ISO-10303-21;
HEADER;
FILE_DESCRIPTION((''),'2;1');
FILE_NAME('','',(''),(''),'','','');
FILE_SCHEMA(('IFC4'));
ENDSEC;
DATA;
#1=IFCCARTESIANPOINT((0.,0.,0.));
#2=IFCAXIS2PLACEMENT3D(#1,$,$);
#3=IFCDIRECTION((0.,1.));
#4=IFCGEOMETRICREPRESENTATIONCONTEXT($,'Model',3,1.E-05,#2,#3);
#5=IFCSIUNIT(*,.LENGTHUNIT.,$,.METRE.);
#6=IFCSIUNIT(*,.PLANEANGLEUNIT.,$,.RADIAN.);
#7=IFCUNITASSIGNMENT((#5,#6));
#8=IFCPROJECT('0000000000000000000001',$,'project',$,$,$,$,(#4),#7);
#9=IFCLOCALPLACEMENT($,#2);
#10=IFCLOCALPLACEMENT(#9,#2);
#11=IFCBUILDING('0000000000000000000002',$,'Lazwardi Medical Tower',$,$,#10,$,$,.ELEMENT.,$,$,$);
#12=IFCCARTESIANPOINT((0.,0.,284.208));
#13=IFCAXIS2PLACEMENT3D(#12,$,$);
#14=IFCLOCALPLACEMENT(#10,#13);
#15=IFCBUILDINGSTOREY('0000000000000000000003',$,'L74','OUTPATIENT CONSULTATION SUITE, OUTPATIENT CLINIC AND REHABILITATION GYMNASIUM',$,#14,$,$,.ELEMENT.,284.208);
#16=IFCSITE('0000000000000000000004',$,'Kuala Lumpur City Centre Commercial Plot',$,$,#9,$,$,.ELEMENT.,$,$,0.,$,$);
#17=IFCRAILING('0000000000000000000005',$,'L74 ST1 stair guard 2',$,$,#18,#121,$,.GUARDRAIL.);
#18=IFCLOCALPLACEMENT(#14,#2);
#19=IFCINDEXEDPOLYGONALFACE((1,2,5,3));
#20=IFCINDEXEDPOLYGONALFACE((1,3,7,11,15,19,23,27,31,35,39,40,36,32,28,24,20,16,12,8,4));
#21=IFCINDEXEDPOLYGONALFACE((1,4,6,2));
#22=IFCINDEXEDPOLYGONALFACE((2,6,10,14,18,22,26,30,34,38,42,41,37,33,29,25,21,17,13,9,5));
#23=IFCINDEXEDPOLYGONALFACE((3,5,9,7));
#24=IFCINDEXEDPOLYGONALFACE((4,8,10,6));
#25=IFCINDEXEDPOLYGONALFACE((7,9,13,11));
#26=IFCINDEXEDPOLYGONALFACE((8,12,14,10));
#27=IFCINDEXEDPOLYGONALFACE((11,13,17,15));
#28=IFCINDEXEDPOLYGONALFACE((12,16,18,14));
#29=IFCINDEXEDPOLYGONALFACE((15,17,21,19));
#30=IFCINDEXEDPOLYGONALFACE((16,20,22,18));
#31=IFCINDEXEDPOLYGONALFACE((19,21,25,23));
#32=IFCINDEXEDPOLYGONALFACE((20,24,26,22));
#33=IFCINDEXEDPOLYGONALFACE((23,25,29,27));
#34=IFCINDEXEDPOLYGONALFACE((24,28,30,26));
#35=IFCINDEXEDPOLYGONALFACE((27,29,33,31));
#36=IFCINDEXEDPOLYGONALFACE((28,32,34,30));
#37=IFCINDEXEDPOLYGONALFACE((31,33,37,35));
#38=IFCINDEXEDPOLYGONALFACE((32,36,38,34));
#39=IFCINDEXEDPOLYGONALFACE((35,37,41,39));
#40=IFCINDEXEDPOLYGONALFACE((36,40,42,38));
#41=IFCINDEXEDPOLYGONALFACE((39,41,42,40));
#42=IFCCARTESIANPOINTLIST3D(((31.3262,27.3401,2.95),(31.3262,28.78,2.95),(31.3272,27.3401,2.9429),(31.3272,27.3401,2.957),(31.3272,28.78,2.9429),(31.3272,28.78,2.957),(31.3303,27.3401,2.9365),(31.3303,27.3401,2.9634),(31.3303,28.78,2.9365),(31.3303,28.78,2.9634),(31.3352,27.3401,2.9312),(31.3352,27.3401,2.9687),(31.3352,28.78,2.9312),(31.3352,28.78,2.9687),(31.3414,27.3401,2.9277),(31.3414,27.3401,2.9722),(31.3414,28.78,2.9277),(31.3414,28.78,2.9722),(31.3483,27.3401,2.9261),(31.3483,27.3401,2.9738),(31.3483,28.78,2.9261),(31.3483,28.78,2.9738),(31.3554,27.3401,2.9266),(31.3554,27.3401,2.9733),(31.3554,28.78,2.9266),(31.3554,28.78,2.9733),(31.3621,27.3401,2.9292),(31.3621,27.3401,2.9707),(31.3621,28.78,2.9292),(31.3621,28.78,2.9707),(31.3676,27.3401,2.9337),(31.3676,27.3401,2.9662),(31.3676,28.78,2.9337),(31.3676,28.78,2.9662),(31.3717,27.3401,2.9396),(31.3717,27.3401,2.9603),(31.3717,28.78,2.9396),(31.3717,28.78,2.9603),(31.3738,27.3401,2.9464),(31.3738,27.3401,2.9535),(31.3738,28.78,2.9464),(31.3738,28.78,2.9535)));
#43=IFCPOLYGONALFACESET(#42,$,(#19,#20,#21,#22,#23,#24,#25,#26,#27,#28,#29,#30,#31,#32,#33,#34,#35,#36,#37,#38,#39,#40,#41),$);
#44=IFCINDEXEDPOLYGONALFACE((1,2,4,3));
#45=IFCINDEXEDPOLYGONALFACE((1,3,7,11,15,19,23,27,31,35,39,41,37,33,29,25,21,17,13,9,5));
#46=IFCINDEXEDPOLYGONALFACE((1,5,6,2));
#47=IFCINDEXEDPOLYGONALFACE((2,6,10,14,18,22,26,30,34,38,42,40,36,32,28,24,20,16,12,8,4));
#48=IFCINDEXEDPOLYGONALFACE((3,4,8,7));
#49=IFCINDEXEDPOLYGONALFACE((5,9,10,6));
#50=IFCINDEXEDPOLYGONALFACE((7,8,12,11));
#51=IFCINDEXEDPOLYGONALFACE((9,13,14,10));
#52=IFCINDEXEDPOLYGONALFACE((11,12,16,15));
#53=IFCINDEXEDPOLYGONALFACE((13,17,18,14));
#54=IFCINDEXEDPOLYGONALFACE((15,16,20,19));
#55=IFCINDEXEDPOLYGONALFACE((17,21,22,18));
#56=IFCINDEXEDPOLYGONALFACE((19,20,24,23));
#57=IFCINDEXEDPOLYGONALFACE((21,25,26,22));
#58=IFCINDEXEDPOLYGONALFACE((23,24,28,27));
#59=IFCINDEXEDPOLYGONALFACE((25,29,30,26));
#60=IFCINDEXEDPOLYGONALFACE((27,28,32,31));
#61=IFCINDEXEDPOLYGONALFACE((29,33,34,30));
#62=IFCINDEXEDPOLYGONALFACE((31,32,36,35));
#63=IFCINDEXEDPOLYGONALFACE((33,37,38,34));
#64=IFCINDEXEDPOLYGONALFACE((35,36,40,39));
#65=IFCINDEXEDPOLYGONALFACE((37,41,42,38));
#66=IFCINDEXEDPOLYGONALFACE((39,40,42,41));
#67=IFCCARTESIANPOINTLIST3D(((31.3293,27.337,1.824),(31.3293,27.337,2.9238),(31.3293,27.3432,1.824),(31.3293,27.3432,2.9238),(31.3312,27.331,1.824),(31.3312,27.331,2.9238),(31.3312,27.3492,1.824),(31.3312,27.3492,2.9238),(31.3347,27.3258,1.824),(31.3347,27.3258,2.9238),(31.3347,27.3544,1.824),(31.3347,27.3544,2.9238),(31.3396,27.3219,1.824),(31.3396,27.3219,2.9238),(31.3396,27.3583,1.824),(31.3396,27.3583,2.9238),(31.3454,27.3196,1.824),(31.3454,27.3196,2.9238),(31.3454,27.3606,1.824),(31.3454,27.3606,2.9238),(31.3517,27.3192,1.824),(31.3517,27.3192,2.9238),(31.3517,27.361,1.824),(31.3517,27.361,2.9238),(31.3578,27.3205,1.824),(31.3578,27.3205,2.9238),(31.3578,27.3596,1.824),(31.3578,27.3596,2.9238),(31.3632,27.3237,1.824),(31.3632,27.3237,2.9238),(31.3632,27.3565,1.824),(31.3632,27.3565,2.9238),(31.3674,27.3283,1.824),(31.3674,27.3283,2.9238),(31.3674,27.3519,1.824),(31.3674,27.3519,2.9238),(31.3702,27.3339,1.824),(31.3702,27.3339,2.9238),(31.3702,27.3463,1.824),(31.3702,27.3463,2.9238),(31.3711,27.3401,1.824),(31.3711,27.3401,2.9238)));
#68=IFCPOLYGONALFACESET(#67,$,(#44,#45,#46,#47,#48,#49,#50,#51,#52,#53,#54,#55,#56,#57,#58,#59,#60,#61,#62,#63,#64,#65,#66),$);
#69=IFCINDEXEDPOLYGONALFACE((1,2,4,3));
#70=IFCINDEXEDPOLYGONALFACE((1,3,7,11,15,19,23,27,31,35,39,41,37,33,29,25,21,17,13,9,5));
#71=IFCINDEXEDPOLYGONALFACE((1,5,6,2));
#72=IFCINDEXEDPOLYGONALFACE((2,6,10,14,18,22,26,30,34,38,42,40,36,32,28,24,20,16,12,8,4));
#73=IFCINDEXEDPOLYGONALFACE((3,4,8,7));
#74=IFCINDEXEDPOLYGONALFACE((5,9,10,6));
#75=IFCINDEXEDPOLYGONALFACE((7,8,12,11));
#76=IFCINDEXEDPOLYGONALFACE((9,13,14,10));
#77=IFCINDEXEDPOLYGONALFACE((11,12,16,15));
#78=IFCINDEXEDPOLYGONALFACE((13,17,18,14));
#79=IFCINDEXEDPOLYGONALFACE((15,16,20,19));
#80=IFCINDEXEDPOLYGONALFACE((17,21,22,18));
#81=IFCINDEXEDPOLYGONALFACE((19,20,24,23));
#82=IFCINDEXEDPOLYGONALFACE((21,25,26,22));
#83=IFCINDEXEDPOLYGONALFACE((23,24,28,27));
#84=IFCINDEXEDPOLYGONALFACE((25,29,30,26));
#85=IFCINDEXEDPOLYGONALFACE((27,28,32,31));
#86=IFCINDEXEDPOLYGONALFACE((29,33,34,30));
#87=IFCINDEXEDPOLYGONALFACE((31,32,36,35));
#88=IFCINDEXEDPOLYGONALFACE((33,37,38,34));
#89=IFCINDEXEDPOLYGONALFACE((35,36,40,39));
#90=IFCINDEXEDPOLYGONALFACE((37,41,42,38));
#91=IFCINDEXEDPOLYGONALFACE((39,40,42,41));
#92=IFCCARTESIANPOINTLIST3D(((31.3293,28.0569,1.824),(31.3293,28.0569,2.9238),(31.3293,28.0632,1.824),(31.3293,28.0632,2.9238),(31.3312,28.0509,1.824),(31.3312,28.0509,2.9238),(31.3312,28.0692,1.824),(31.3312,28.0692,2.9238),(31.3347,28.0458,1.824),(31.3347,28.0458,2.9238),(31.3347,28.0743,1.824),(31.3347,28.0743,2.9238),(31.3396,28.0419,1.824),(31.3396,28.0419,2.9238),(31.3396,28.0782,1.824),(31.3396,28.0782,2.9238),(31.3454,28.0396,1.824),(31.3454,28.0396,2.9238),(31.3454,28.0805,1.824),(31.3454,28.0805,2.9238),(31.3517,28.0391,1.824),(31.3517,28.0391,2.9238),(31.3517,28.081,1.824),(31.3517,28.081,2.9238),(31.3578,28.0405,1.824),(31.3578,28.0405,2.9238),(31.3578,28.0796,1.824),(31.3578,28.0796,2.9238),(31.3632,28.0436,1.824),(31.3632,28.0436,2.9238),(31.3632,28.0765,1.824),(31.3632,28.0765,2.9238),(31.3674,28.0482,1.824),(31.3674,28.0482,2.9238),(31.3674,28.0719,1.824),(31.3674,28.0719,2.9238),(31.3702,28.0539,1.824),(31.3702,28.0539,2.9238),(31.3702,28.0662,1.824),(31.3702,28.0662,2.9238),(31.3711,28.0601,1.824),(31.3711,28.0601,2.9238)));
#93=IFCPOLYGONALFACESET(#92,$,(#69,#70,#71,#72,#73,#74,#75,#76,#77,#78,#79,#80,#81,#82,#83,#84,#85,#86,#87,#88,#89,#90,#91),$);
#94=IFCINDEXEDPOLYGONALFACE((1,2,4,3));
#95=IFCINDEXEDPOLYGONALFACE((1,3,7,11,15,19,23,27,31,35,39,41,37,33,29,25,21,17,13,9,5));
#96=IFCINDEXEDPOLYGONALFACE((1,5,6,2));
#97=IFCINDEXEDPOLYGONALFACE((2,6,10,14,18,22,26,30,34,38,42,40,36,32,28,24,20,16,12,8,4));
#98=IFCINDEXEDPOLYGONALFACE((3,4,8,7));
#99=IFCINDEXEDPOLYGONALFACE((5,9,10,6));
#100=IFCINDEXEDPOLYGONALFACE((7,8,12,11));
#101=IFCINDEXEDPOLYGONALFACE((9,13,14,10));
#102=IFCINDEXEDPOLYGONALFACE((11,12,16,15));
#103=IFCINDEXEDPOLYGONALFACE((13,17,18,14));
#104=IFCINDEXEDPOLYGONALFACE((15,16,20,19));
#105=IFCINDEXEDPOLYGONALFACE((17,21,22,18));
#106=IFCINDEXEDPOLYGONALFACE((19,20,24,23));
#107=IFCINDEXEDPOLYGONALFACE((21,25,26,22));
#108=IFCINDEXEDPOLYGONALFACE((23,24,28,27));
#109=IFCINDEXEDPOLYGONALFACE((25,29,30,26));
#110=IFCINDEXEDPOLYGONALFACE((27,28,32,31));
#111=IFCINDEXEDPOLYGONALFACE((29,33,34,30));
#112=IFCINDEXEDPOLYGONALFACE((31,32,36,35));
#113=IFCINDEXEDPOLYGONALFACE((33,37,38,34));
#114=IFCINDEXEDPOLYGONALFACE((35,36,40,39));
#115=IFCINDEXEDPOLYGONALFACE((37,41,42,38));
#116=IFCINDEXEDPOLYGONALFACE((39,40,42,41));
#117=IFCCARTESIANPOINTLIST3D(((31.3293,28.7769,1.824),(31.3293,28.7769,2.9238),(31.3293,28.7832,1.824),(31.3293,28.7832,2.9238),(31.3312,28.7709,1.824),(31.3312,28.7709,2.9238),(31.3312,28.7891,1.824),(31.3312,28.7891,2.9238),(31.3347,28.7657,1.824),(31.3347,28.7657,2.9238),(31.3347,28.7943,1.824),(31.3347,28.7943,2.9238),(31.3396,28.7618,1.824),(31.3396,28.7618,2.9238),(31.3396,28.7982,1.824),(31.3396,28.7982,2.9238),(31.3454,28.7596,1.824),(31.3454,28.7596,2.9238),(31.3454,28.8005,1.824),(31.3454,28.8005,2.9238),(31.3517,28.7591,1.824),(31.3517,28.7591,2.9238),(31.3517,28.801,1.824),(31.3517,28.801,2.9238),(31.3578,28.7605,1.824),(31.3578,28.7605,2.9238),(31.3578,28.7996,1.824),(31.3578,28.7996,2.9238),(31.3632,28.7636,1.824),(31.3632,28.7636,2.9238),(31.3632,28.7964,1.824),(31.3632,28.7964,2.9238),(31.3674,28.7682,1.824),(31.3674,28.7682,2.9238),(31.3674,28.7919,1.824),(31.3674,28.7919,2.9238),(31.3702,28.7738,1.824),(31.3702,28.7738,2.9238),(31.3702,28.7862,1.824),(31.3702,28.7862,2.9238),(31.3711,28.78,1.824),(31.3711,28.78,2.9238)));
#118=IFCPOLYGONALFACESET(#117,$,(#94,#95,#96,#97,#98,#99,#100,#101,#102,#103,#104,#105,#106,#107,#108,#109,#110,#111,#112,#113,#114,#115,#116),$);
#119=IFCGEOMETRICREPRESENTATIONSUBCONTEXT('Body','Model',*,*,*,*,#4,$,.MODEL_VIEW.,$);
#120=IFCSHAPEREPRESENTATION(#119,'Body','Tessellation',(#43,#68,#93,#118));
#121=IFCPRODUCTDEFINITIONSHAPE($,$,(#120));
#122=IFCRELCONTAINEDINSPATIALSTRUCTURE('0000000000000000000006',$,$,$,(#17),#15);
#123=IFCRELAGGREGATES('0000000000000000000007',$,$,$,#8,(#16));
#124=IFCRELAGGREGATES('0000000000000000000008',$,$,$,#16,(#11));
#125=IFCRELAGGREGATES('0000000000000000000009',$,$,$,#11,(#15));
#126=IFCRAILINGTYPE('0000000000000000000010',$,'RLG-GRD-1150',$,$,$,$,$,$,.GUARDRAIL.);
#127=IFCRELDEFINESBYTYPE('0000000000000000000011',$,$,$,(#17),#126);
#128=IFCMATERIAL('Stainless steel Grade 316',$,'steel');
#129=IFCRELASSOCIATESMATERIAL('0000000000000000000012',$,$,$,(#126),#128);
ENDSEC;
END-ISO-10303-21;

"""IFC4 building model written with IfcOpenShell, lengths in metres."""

from ifc_helpers import new_model, si_unit, direction, frame, origin, origin_2d, place, context, subcontext, project, spatial, circle, extrude, material, type_object, element, save


model = new_model("IFC4")

# Units and contexts
model_context = context("Model", 3, precision=1e-05, world=origin(), true_north=direction((0.0, 1.0)))
body_context = subcontext(model_context, "Body", "Model", "MODEL_VIEW")
ifc_project = project(units=[si_unit("LENGTHUNIT", "METRE"), si_unit("PLANEANGLEUNIT", "RADIAN")], contexts=[model_context])

# Site, building, storey
site_placement = place(None, origin())
site = spatial("IfcSite", under=ifc_project, at=site_placement, Name="Kuala Lumpur City Centre Commercial Plot", CompositionType="ELEMENT", RefElevation=0.0)
building_placement = place(site_placement, origin())
building = spatial("IfcBuilding", under=site, at=building_placement, Name="Lazwardi Medical Tower", CompositionType="ELEMENT")
storey_placement = place(building_placement, frame((0.0, 0.0, 284.208)))
storey = spatial("IfcBuildingStorey", under=building, at=storey_placement, Name="L74", Description="OUTPATIENT CONSULTATION SUITE, OUTPATIENT CLINIC AND REHABILITATION GYMNASIUM", CompositionType="ELEMENT", Elevation=284.208)

# Railing
ifc_material_1 = material(Name="Stainless steel Grade 316", Category="steel")
railing_type_1 = type_object("IfcRailingType", Name="RLG-GRD-1150", PredefinedType="GUARDRAIL", material=ifc_material_1)
railing_1_placement = place(storey_placement, frame((31.3501, 27.3401, 1.824)))
element("IfcRailing", 1, at=railing_1_placement, inside=storey, type_object=railing_type_1, Name="L74 ST1 stair guard 2", PredefinedType="GUARDRAIL", context=body_context, shape_type="SweptSolid", body=[
    extrude(circle(Radius=0.0239, at=origin_2d()), frame((0.0, 0.0, 1.126), z_axis=(0.0, 1.0, 0.0), x_axis=(-1.0, 0.0, 0.0)), (0.0, 0.0, 1.0), 1.4399),
    extrude(circle(Radius=0.021, at=origin_2d()), origin(), (0.0, 0.0, 1.0), 1.0999),
    extrude(circle(Radius=0.021, at=origin_2d()), frame((0.0, 0.72, 0.0)), (0.0, 0.0, 1.0), 1.0999),
    extrude(circle(Radius=0.021, at=origin_2d()), frame((0.0, 1.4399, 0.0)), (0.0, 0.0, 1.0), 1.0999),
])

save(model, "model.ifc")
